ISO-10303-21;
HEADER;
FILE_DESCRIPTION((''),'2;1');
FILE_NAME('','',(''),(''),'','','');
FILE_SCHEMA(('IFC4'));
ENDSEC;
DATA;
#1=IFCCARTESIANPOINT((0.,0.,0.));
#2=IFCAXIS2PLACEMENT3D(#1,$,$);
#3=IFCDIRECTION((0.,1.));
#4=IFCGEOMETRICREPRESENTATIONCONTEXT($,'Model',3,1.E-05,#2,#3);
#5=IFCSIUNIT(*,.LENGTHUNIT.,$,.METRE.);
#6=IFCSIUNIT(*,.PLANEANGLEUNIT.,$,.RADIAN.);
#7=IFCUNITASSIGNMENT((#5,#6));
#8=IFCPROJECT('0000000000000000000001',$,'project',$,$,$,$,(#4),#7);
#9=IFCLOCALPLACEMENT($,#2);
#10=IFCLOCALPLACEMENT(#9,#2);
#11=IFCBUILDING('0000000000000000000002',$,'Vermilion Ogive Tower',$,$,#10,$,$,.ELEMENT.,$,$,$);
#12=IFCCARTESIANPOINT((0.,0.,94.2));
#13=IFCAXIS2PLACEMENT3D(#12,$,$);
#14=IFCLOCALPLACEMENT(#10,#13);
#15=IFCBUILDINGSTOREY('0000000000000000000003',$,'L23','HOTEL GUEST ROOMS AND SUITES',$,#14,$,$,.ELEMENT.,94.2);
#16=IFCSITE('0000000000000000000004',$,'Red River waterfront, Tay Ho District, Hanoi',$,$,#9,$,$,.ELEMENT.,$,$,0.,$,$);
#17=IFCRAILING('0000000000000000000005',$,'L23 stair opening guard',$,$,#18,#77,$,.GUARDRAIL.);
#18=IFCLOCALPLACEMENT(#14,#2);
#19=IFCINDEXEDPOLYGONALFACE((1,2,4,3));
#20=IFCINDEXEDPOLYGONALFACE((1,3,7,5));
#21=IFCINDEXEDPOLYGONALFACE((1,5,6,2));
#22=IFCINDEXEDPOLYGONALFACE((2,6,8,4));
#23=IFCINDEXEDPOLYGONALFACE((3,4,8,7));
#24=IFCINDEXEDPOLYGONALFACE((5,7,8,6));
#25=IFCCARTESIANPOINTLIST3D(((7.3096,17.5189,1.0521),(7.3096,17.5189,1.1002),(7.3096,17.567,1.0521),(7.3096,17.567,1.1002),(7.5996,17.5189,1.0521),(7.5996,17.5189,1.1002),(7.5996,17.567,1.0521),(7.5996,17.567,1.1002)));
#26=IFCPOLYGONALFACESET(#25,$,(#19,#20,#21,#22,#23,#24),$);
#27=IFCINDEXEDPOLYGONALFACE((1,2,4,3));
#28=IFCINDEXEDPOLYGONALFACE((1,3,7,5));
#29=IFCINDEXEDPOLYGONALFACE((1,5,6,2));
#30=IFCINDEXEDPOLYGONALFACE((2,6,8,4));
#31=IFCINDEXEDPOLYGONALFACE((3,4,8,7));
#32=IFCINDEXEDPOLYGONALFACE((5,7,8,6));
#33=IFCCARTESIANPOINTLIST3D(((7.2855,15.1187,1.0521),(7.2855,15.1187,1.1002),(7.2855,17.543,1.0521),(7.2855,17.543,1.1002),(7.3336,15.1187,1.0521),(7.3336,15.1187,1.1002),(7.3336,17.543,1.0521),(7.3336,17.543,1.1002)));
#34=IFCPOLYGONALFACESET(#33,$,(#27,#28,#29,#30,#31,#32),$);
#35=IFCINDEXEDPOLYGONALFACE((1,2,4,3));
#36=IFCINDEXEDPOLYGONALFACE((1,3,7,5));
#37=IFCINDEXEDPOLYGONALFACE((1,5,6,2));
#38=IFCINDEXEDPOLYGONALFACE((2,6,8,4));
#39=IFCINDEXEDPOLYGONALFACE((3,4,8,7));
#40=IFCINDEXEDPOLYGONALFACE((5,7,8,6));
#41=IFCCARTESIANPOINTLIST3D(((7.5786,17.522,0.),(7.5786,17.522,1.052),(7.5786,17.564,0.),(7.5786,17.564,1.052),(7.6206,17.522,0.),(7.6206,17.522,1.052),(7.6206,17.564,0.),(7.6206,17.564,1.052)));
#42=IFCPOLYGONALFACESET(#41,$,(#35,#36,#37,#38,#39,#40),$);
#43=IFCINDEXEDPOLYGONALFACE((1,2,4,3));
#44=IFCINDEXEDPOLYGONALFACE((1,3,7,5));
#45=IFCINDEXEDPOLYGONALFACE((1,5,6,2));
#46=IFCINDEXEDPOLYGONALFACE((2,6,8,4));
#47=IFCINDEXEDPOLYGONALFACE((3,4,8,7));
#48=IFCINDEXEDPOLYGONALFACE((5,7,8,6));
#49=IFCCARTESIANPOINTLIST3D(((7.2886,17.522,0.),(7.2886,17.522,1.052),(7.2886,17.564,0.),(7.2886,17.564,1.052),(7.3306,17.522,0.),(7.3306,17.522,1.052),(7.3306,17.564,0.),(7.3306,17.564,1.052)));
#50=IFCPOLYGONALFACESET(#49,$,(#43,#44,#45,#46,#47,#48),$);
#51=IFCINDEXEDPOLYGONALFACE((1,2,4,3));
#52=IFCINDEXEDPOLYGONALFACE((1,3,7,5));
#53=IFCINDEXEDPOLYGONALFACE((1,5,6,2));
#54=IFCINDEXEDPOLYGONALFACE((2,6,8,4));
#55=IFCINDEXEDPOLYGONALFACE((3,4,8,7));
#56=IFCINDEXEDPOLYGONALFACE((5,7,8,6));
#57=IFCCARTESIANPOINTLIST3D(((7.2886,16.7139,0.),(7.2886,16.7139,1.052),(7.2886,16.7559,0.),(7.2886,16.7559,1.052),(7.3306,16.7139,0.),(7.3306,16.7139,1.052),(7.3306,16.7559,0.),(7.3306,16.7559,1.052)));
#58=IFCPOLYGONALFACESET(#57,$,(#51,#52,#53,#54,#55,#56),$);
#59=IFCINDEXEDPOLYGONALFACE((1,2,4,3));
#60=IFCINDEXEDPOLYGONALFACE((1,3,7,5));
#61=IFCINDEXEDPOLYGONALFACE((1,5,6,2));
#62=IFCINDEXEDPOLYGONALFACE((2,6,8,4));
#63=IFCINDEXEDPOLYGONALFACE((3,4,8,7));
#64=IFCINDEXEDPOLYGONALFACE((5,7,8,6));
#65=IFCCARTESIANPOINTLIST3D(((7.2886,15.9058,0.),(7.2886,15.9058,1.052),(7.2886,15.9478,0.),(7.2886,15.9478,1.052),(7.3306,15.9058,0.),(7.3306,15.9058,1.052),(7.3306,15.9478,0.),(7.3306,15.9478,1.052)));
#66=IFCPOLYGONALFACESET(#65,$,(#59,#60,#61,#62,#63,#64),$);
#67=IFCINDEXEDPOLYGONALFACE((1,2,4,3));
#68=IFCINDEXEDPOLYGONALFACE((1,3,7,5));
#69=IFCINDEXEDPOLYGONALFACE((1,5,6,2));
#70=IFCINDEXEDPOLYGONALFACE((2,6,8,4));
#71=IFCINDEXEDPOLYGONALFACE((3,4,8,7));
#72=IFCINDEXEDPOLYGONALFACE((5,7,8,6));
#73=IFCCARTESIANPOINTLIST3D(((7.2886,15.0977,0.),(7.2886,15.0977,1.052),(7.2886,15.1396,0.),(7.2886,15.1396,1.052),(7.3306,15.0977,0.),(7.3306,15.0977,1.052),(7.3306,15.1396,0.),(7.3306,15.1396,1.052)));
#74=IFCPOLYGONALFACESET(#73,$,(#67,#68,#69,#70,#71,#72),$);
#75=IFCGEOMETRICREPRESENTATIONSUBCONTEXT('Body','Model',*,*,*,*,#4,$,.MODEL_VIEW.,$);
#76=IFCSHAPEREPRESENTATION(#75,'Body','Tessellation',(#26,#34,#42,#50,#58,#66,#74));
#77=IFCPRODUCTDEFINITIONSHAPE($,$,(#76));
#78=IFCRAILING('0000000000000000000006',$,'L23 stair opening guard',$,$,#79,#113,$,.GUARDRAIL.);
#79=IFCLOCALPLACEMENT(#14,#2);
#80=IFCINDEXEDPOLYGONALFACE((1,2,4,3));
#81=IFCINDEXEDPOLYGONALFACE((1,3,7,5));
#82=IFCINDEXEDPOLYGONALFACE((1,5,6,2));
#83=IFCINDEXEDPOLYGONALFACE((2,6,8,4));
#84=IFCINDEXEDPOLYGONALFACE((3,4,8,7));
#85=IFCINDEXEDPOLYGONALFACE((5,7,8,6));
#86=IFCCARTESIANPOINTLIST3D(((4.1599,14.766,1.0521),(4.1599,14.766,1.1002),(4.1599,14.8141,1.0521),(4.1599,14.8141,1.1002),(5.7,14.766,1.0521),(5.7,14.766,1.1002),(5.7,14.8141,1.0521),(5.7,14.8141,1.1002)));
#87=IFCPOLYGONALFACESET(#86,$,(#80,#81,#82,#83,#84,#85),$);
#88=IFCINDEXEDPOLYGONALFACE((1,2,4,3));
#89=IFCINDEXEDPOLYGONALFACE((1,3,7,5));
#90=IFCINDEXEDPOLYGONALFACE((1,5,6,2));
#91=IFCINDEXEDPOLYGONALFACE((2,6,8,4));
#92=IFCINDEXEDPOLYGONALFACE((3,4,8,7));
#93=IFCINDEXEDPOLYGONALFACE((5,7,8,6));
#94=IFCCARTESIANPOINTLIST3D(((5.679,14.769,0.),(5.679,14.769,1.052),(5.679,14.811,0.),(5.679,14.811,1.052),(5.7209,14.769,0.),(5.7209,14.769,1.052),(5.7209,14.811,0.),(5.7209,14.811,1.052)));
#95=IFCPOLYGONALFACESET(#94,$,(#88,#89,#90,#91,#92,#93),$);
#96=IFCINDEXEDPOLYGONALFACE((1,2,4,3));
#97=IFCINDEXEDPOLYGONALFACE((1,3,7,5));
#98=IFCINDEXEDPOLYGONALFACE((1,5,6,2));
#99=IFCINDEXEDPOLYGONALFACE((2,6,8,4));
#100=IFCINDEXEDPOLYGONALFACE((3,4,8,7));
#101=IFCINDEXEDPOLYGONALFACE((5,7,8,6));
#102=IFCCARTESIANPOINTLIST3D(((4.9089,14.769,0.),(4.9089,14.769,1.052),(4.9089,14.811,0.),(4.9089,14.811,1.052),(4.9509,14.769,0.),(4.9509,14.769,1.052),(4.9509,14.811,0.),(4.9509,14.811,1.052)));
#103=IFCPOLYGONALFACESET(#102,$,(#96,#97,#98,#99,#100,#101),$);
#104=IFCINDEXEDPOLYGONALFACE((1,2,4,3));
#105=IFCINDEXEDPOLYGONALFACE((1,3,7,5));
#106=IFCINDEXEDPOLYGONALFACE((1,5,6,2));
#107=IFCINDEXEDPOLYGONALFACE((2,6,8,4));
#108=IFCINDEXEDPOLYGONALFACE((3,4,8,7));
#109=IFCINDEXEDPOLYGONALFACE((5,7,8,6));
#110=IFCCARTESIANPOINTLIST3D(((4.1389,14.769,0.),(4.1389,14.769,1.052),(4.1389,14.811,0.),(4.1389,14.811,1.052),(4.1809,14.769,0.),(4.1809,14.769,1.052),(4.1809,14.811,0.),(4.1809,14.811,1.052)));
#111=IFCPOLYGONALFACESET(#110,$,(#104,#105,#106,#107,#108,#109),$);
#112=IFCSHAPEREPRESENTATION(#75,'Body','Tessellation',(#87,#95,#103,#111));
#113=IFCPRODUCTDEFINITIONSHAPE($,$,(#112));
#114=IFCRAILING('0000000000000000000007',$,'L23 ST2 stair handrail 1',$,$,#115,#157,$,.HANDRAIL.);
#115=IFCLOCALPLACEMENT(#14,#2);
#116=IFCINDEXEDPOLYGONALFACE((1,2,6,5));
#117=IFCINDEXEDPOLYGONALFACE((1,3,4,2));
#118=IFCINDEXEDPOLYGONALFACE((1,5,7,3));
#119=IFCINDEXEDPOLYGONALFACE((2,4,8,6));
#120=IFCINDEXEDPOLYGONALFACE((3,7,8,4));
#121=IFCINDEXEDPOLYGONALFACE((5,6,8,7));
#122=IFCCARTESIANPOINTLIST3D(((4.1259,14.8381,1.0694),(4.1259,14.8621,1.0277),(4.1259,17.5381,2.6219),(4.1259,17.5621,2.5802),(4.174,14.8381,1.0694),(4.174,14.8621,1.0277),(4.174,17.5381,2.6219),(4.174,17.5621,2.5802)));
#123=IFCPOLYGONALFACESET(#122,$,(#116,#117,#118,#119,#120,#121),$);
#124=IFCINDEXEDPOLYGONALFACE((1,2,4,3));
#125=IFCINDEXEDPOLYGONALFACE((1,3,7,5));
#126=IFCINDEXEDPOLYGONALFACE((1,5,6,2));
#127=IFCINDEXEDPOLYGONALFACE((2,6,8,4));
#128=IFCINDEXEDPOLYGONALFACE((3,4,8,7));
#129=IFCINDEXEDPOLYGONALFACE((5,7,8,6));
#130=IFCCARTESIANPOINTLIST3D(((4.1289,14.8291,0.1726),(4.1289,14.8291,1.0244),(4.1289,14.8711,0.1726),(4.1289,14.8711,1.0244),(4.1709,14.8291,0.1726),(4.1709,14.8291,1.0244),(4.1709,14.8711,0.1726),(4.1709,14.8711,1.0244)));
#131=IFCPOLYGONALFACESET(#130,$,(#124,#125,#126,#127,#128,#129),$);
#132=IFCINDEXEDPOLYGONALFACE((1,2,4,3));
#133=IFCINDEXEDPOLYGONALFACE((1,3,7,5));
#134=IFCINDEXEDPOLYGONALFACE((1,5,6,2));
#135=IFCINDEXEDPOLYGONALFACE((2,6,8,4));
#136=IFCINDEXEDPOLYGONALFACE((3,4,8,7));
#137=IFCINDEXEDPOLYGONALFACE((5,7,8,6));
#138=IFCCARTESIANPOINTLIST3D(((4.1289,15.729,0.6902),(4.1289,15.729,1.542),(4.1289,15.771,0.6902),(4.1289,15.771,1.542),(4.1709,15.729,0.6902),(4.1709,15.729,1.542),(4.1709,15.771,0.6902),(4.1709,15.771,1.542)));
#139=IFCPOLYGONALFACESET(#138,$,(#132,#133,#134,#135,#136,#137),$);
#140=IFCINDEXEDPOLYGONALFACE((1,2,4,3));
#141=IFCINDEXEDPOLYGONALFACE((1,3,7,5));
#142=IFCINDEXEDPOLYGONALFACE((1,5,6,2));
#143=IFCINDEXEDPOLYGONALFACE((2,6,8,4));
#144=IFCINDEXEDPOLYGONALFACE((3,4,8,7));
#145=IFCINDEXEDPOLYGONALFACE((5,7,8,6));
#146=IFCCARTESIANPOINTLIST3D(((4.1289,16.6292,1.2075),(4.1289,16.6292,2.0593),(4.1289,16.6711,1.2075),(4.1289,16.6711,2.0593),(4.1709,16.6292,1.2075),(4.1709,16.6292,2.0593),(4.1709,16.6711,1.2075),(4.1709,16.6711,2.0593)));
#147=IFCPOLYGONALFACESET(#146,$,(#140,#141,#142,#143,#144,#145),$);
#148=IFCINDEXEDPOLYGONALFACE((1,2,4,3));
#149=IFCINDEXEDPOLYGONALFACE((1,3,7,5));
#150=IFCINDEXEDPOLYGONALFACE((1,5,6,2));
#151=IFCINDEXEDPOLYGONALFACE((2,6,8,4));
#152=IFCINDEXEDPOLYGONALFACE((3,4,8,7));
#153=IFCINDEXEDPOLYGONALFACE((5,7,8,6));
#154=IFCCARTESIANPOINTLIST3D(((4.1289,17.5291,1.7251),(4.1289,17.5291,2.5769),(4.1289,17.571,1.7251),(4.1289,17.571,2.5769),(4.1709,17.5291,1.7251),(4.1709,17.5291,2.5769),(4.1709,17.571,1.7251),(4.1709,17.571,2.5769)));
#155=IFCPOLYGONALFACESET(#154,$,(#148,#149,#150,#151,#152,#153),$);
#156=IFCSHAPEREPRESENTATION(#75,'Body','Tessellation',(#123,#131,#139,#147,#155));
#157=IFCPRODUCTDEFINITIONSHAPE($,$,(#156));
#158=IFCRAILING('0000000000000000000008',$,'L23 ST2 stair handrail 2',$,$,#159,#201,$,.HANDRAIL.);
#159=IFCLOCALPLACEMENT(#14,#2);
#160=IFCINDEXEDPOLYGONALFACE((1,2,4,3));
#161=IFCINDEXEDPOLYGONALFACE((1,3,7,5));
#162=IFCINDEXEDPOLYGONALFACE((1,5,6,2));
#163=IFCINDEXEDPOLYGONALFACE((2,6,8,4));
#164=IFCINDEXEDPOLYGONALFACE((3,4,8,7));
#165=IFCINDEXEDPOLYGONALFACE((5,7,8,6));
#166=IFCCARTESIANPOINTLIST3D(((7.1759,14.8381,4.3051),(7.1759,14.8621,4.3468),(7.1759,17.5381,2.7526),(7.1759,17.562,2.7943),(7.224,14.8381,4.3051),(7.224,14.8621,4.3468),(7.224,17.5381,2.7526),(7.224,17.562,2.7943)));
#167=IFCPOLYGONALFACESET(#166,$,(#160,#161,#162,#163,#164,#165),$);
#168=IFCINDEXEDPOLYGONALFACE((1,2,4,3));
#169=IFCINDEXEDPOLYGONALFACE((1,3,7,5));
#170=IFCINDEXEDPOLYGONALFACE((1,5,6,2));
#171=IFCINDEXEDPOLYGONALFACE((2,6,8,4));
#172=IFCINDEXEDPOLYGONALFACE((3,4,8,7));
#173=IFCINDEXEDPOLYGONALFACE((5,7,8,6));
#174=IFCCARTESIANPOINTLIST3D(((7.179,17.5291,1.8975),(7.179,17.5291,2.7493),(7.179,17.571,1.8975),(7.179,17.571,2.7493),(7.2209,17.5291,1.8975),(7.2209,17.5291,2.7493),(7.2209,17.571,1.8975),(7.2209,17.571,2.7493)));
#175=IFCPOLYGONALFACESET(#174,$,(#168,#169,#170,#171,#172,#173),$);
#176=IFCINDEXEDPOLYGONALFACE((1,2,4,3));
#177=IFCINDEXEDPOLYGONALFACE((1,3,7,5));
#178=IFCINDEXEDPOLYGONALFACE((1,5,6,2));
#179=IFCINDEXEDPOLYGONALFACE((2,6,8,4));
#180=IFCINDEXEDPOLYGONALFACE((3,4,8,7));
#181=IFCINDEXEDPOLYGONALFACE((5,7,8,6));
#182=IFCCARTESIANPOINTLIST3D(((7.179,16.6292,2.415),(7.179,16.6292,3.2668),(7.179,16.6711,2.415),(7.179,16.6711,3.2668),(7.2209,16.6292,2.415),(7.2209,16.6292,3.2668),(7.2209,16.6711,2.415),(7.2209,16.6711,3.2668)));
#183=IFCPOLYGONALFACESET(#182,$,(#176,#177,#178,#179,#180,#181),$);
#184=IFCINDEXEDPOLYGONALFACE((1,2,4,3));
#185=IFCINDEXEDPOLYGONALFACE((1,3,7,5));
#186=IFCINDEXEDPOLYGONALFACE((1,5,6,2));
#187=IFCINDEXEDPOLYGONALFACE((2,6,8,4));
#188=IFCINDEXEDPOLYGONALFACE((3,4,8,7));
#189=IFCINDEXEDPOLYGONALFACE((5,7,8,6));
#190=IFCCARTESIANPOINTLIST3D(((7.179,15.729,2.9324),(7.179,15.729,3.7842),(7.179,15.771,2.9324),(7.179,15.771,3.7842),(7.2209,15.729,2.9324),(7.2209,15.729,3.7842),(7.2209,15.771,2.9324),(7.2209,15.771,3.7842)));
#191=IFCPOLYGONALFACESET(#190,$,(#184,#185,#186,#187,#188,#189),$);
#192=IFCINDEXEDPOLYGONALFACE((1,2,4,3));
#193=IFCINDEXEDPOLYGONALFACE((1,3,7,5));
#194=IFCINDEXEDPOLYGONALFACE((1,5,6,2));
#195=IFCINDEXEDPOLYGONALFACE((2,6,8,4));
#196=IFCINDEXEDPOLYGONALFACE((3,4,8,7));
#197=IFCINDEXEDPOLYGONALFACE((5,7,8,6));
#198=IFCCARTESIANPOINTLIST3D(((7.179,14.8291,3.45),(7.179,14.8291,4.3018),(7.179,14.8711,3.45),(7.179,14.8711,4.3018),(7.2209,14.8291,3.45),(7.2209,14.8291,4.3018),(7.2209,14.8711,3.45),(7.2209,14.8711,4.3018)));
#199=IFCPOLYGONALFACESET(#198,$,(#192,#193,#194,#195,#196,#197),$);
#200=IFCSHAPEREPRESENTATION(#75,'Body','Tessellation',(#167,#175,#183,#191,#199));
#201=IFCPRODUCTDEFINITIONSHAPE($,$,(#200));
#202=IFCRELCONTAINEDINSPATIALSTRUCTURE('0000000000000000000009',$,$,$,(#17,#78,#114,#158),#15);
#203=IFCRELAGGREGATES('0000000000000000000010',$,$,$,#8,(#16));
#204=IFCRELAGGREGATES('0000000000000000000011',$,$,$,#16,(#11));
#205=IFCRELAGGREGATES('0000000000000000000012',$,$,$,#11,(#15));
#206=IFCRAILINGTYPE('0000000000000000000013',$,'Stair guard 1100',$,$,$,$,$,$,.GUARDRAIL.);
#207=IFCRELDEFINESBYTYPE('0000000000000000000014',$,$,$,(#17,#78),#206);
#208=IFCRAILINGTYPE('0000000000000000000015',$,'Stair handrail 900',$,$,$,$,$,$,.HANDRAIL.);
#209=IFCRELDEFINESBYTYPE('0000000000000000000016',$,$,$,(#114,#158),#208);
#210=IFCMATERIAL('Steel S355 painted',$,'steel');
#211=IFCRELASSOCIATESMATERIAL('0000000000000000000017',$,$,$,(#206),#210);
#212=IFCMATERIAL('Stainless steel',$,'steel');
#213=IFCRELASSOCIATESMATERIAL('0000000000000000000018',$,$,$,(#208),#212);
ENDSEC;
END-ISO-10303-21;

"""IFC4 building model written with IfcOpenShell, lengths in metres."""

from ifc_helpers import new_model, si_unit, direction, frame, origin, origin_2d, place, context, subcontext, project, spatial, rectangle, extrude, material, type_object, element, save


model = new_model("IFC4")

# Units and contexts
model_context = context("Model", 3, precision=1e-05, world=origin(), true_north=direction((0.0, 1.0)))
body_context = subcontext(model_context, "Body", "Model", "MODEL_VIEW")
ifc_project = project(units=[si_unit("LENGTHUNIT", "METRE"), si_unit("PLANEANGLEUNIT", "RADIAN")], contexts=[model_context])

# Site, building, storey
site_placement = place(None, origin())
site = spatial("IfcSite", under=ifc_project, at=site_placement, Name="Red River waterfront, Tay Ho District, Hanoi", CompositionType="ELEMENT", RefElevation=0.0)
building_placement = place(site_placement, origin())
building = spatial("IfcBuilding", under=site, at=building_placement, Name="Vermilion Ogive Tower", CompositionType="ELEMENT")
storey_placement = place(building_placement, frame((0.0, 0.0, 94.2)))
storey = spatial("IfcBuildingStorey", under=building, at=storey_placement, Name="L23", Description="HOTEL GUEST ROOMS AND SUITES", CompositionType="ELEMENT", Elevation=94.2)

# Railings
ifc_material_1 = material(Name="Steel S355 painted", Category="steel")
railing_type_1 = type_object("IfcRailingType", Name="Stair guard 1100", PredefinedType="GUARDRAIL", material=ifc_material_1)
railing_1_placement = place(storey_placement, frame((7.5996, 17.543, 0.0)))
element("IfcRailing", 1, at=railing_1_placement, inside=storey, type_object=railing_type_1, Name="L23 stair opening guard", PredefinedType="GUARDRAIL", context=body_context, shape_type="SweptSolid", body=[
    extrude(rectangle(XDim=0.0481, YDim=0.0481, at=origin_2d()), frame((0.0, 0.0, 1.0762), z_axis=(-1.0, 0.0, 0.0), x_axis=(0.0, -1.0, 0.0)), (0.0, 0.0, 1.0), 0.29),
    extrude(rectangle(XDim=0.0481, YDim=0.0481, at=origin_2d()), frame((-0.29, 0.0, 1.0762), z_axis=(0.0, -1.0, 0.0), x_axis=(1.0, 0.0, 0.0)), (0.0, 0.0, 1.0), 2.4243),
    extrude(rectangle(XDim=0.042, YDim=0.042, at=origin_2d()), origin(), (0.0, 0.0, 1.0), 1.052),
    extrude(rectangle(XDim=0.042, YDim=0.042, at=origin_2d()), frame((-0.29, 0.0, 0.0)), (0.0, 0.0, 1.0), 1.052),
    extrude(rectangle(XDim=0.042, YDim=0.042, at=origin_2d()), frame((-0.29, -0.8081, 0.0)), (0.0, 0.0, 1.0), 1.052),
    extrude(rectangle(XDim=0.042, YDim=0.042, at=origin_2d()), frame((-0.29, -1.6162, 0.0)), (0.0, 0.0, 1.0), 1.052),
    extrude(rectangle(XDim=0.042, YDim=0.042, at=origin_2d()), frame((-0.29, -2.4243, 0.0)), (0.0, 0.0, 1.0), 1.052),
])
railing_2_placement = place(storey_placement, frame((5.7, 14.79, 0.0)))
element("IfcRailing", 2, at=railing_2_placement, inside=storey, type_object=railing_type_1, Name="L23 stair opening guard", PredefinedType="GUARDRAIL", context=body_context, shape_type="SweptSolid", body=[
    extrude(rectangle(XDim=0.0481, YDim=0.0481, at=origin_2d()), frame((0.0, 0.0, 1.0762), z_axis=(-1.0, 0.0, 0.0), x_axis=(0.0, -1.0, 0.0)), (0.0, 0.0, 1.0), 1.54),
    extrude(rectangle(XDim=0.042, YDim=0.042, at=origin_2d()), origin(), (0.0, 0.0, 1.0), 1.052),
    extrude(rectangle(XDim=0.042, YDim=0.042, at=origin_2d()), frame((-0.77, 0.0, 0.0)), (0.0, 0.0, 1.0), 1.052),
    extrude(rectangle(XDim=0.042, YDim=0.042, at=origin_2d()), frame((-1.54, 0.0, 0.0)), (0.0, 0.0, 1.0), 1.052),
])
ifc_material_2 = material(Name="Stainless steel", Category="steel")
railing_type_2 = type_object("IfcRailingType", Name="Stair handrail 900", PredefinedType="HANDRAIL", material=ifc_material_2)
railing_3_placement = place(storey_placement, frame((4.1499, 14.8501, 0.1726)))
element("IfcRailing", 3, at=railing_3_placement, inside=storey, type_object=railing_type_2, Name="L23 ST2 stair handrail 1", PredefinedType="HANDRAIL", context=body_context, shape_type="SweptSolid", body=[
    extrude(rectangle(XDim=0.0481, YDim=0.0481, at=origin_2d()), frame((0.0, 0.0, 0.876), z_axis=(0.0, 0.866904, 0.498476), x_axis=(-1.0, 0.0, 0.0)), (0.0, 0.0, 1.0), 3.1145),
    extrude(rectangle(XDim=0.042, YDim=0.042, at=origin_2d()), origin(), (0.0, 0.0, 1.0), 0.8518),
    extrude(rectangle(XDim=0.042, YDim=0.042, at=origin_2d()), frame((0.0, 0.8999, 0.5176)), (0.0, 0.0, 1.0), 0.8518),
    extrude(rectangle(XDim=0.042, YDim=0.042, at=origin_2d()), frame((0.0, 1.8, 1.0349)), (0.0, 0.0, 1.0), 0.8518),
    extrude(rectangle(XDim=0.042, YDim=0.042, at=origin_2d()), frame((0.0, 2.7, 1.5525)), (0.0, 0.0, 1.0), 0.8518),
])
railing_4_placement = place(storey_placement, frame((7.2, 17.55, 1.8975)))
element("IfcRailing", 4, at=railing_4_placement, inside=storey, type_object=railing_type_2, Name="L23 ST2 stair handrail 2", PredefinedType="HANDRAIL", context=body_context, shape_type="SweptSolid", body=[
    extrude(rectangle(XDim=0.0481, YDim=0.0481, at=origin_2d()), frame((0.0, 0.0, 0.876), z_axis=(0.0, -0.866904, 0.498476), x_axis=(1.0, 0.0, 0.0)), (0.0, 0.0, 1.0), 3.1145),
    extrude(rectangle(XDim=0.042, YDim=0.042, at=origin_2d()), origin(), (0.0, 0.0, 1.0), 0.8518),
    extrude(rectangle(XDim=0.042, YDim=0.042, at=origin_2d()), frame((0.0, -0.8999, 0.5176)), (0.0, 0.0, 1.0), 0.8518),
    extrude(rectangle(XDim=0.042, YDim=0.042, at=origin_2d()), frame((0.0, -1.8, 1.0349)), (0.0, 0.0, 1.0), 0.8518),
    extrude(rectangle(XDim=0.042, YDim=0.042, at=origin_2d()), frame((0.0, -2.7, 1.5525)), (0.0, 0.0, 1.0), 0.8518),
])

save(model, "model.ifc")
